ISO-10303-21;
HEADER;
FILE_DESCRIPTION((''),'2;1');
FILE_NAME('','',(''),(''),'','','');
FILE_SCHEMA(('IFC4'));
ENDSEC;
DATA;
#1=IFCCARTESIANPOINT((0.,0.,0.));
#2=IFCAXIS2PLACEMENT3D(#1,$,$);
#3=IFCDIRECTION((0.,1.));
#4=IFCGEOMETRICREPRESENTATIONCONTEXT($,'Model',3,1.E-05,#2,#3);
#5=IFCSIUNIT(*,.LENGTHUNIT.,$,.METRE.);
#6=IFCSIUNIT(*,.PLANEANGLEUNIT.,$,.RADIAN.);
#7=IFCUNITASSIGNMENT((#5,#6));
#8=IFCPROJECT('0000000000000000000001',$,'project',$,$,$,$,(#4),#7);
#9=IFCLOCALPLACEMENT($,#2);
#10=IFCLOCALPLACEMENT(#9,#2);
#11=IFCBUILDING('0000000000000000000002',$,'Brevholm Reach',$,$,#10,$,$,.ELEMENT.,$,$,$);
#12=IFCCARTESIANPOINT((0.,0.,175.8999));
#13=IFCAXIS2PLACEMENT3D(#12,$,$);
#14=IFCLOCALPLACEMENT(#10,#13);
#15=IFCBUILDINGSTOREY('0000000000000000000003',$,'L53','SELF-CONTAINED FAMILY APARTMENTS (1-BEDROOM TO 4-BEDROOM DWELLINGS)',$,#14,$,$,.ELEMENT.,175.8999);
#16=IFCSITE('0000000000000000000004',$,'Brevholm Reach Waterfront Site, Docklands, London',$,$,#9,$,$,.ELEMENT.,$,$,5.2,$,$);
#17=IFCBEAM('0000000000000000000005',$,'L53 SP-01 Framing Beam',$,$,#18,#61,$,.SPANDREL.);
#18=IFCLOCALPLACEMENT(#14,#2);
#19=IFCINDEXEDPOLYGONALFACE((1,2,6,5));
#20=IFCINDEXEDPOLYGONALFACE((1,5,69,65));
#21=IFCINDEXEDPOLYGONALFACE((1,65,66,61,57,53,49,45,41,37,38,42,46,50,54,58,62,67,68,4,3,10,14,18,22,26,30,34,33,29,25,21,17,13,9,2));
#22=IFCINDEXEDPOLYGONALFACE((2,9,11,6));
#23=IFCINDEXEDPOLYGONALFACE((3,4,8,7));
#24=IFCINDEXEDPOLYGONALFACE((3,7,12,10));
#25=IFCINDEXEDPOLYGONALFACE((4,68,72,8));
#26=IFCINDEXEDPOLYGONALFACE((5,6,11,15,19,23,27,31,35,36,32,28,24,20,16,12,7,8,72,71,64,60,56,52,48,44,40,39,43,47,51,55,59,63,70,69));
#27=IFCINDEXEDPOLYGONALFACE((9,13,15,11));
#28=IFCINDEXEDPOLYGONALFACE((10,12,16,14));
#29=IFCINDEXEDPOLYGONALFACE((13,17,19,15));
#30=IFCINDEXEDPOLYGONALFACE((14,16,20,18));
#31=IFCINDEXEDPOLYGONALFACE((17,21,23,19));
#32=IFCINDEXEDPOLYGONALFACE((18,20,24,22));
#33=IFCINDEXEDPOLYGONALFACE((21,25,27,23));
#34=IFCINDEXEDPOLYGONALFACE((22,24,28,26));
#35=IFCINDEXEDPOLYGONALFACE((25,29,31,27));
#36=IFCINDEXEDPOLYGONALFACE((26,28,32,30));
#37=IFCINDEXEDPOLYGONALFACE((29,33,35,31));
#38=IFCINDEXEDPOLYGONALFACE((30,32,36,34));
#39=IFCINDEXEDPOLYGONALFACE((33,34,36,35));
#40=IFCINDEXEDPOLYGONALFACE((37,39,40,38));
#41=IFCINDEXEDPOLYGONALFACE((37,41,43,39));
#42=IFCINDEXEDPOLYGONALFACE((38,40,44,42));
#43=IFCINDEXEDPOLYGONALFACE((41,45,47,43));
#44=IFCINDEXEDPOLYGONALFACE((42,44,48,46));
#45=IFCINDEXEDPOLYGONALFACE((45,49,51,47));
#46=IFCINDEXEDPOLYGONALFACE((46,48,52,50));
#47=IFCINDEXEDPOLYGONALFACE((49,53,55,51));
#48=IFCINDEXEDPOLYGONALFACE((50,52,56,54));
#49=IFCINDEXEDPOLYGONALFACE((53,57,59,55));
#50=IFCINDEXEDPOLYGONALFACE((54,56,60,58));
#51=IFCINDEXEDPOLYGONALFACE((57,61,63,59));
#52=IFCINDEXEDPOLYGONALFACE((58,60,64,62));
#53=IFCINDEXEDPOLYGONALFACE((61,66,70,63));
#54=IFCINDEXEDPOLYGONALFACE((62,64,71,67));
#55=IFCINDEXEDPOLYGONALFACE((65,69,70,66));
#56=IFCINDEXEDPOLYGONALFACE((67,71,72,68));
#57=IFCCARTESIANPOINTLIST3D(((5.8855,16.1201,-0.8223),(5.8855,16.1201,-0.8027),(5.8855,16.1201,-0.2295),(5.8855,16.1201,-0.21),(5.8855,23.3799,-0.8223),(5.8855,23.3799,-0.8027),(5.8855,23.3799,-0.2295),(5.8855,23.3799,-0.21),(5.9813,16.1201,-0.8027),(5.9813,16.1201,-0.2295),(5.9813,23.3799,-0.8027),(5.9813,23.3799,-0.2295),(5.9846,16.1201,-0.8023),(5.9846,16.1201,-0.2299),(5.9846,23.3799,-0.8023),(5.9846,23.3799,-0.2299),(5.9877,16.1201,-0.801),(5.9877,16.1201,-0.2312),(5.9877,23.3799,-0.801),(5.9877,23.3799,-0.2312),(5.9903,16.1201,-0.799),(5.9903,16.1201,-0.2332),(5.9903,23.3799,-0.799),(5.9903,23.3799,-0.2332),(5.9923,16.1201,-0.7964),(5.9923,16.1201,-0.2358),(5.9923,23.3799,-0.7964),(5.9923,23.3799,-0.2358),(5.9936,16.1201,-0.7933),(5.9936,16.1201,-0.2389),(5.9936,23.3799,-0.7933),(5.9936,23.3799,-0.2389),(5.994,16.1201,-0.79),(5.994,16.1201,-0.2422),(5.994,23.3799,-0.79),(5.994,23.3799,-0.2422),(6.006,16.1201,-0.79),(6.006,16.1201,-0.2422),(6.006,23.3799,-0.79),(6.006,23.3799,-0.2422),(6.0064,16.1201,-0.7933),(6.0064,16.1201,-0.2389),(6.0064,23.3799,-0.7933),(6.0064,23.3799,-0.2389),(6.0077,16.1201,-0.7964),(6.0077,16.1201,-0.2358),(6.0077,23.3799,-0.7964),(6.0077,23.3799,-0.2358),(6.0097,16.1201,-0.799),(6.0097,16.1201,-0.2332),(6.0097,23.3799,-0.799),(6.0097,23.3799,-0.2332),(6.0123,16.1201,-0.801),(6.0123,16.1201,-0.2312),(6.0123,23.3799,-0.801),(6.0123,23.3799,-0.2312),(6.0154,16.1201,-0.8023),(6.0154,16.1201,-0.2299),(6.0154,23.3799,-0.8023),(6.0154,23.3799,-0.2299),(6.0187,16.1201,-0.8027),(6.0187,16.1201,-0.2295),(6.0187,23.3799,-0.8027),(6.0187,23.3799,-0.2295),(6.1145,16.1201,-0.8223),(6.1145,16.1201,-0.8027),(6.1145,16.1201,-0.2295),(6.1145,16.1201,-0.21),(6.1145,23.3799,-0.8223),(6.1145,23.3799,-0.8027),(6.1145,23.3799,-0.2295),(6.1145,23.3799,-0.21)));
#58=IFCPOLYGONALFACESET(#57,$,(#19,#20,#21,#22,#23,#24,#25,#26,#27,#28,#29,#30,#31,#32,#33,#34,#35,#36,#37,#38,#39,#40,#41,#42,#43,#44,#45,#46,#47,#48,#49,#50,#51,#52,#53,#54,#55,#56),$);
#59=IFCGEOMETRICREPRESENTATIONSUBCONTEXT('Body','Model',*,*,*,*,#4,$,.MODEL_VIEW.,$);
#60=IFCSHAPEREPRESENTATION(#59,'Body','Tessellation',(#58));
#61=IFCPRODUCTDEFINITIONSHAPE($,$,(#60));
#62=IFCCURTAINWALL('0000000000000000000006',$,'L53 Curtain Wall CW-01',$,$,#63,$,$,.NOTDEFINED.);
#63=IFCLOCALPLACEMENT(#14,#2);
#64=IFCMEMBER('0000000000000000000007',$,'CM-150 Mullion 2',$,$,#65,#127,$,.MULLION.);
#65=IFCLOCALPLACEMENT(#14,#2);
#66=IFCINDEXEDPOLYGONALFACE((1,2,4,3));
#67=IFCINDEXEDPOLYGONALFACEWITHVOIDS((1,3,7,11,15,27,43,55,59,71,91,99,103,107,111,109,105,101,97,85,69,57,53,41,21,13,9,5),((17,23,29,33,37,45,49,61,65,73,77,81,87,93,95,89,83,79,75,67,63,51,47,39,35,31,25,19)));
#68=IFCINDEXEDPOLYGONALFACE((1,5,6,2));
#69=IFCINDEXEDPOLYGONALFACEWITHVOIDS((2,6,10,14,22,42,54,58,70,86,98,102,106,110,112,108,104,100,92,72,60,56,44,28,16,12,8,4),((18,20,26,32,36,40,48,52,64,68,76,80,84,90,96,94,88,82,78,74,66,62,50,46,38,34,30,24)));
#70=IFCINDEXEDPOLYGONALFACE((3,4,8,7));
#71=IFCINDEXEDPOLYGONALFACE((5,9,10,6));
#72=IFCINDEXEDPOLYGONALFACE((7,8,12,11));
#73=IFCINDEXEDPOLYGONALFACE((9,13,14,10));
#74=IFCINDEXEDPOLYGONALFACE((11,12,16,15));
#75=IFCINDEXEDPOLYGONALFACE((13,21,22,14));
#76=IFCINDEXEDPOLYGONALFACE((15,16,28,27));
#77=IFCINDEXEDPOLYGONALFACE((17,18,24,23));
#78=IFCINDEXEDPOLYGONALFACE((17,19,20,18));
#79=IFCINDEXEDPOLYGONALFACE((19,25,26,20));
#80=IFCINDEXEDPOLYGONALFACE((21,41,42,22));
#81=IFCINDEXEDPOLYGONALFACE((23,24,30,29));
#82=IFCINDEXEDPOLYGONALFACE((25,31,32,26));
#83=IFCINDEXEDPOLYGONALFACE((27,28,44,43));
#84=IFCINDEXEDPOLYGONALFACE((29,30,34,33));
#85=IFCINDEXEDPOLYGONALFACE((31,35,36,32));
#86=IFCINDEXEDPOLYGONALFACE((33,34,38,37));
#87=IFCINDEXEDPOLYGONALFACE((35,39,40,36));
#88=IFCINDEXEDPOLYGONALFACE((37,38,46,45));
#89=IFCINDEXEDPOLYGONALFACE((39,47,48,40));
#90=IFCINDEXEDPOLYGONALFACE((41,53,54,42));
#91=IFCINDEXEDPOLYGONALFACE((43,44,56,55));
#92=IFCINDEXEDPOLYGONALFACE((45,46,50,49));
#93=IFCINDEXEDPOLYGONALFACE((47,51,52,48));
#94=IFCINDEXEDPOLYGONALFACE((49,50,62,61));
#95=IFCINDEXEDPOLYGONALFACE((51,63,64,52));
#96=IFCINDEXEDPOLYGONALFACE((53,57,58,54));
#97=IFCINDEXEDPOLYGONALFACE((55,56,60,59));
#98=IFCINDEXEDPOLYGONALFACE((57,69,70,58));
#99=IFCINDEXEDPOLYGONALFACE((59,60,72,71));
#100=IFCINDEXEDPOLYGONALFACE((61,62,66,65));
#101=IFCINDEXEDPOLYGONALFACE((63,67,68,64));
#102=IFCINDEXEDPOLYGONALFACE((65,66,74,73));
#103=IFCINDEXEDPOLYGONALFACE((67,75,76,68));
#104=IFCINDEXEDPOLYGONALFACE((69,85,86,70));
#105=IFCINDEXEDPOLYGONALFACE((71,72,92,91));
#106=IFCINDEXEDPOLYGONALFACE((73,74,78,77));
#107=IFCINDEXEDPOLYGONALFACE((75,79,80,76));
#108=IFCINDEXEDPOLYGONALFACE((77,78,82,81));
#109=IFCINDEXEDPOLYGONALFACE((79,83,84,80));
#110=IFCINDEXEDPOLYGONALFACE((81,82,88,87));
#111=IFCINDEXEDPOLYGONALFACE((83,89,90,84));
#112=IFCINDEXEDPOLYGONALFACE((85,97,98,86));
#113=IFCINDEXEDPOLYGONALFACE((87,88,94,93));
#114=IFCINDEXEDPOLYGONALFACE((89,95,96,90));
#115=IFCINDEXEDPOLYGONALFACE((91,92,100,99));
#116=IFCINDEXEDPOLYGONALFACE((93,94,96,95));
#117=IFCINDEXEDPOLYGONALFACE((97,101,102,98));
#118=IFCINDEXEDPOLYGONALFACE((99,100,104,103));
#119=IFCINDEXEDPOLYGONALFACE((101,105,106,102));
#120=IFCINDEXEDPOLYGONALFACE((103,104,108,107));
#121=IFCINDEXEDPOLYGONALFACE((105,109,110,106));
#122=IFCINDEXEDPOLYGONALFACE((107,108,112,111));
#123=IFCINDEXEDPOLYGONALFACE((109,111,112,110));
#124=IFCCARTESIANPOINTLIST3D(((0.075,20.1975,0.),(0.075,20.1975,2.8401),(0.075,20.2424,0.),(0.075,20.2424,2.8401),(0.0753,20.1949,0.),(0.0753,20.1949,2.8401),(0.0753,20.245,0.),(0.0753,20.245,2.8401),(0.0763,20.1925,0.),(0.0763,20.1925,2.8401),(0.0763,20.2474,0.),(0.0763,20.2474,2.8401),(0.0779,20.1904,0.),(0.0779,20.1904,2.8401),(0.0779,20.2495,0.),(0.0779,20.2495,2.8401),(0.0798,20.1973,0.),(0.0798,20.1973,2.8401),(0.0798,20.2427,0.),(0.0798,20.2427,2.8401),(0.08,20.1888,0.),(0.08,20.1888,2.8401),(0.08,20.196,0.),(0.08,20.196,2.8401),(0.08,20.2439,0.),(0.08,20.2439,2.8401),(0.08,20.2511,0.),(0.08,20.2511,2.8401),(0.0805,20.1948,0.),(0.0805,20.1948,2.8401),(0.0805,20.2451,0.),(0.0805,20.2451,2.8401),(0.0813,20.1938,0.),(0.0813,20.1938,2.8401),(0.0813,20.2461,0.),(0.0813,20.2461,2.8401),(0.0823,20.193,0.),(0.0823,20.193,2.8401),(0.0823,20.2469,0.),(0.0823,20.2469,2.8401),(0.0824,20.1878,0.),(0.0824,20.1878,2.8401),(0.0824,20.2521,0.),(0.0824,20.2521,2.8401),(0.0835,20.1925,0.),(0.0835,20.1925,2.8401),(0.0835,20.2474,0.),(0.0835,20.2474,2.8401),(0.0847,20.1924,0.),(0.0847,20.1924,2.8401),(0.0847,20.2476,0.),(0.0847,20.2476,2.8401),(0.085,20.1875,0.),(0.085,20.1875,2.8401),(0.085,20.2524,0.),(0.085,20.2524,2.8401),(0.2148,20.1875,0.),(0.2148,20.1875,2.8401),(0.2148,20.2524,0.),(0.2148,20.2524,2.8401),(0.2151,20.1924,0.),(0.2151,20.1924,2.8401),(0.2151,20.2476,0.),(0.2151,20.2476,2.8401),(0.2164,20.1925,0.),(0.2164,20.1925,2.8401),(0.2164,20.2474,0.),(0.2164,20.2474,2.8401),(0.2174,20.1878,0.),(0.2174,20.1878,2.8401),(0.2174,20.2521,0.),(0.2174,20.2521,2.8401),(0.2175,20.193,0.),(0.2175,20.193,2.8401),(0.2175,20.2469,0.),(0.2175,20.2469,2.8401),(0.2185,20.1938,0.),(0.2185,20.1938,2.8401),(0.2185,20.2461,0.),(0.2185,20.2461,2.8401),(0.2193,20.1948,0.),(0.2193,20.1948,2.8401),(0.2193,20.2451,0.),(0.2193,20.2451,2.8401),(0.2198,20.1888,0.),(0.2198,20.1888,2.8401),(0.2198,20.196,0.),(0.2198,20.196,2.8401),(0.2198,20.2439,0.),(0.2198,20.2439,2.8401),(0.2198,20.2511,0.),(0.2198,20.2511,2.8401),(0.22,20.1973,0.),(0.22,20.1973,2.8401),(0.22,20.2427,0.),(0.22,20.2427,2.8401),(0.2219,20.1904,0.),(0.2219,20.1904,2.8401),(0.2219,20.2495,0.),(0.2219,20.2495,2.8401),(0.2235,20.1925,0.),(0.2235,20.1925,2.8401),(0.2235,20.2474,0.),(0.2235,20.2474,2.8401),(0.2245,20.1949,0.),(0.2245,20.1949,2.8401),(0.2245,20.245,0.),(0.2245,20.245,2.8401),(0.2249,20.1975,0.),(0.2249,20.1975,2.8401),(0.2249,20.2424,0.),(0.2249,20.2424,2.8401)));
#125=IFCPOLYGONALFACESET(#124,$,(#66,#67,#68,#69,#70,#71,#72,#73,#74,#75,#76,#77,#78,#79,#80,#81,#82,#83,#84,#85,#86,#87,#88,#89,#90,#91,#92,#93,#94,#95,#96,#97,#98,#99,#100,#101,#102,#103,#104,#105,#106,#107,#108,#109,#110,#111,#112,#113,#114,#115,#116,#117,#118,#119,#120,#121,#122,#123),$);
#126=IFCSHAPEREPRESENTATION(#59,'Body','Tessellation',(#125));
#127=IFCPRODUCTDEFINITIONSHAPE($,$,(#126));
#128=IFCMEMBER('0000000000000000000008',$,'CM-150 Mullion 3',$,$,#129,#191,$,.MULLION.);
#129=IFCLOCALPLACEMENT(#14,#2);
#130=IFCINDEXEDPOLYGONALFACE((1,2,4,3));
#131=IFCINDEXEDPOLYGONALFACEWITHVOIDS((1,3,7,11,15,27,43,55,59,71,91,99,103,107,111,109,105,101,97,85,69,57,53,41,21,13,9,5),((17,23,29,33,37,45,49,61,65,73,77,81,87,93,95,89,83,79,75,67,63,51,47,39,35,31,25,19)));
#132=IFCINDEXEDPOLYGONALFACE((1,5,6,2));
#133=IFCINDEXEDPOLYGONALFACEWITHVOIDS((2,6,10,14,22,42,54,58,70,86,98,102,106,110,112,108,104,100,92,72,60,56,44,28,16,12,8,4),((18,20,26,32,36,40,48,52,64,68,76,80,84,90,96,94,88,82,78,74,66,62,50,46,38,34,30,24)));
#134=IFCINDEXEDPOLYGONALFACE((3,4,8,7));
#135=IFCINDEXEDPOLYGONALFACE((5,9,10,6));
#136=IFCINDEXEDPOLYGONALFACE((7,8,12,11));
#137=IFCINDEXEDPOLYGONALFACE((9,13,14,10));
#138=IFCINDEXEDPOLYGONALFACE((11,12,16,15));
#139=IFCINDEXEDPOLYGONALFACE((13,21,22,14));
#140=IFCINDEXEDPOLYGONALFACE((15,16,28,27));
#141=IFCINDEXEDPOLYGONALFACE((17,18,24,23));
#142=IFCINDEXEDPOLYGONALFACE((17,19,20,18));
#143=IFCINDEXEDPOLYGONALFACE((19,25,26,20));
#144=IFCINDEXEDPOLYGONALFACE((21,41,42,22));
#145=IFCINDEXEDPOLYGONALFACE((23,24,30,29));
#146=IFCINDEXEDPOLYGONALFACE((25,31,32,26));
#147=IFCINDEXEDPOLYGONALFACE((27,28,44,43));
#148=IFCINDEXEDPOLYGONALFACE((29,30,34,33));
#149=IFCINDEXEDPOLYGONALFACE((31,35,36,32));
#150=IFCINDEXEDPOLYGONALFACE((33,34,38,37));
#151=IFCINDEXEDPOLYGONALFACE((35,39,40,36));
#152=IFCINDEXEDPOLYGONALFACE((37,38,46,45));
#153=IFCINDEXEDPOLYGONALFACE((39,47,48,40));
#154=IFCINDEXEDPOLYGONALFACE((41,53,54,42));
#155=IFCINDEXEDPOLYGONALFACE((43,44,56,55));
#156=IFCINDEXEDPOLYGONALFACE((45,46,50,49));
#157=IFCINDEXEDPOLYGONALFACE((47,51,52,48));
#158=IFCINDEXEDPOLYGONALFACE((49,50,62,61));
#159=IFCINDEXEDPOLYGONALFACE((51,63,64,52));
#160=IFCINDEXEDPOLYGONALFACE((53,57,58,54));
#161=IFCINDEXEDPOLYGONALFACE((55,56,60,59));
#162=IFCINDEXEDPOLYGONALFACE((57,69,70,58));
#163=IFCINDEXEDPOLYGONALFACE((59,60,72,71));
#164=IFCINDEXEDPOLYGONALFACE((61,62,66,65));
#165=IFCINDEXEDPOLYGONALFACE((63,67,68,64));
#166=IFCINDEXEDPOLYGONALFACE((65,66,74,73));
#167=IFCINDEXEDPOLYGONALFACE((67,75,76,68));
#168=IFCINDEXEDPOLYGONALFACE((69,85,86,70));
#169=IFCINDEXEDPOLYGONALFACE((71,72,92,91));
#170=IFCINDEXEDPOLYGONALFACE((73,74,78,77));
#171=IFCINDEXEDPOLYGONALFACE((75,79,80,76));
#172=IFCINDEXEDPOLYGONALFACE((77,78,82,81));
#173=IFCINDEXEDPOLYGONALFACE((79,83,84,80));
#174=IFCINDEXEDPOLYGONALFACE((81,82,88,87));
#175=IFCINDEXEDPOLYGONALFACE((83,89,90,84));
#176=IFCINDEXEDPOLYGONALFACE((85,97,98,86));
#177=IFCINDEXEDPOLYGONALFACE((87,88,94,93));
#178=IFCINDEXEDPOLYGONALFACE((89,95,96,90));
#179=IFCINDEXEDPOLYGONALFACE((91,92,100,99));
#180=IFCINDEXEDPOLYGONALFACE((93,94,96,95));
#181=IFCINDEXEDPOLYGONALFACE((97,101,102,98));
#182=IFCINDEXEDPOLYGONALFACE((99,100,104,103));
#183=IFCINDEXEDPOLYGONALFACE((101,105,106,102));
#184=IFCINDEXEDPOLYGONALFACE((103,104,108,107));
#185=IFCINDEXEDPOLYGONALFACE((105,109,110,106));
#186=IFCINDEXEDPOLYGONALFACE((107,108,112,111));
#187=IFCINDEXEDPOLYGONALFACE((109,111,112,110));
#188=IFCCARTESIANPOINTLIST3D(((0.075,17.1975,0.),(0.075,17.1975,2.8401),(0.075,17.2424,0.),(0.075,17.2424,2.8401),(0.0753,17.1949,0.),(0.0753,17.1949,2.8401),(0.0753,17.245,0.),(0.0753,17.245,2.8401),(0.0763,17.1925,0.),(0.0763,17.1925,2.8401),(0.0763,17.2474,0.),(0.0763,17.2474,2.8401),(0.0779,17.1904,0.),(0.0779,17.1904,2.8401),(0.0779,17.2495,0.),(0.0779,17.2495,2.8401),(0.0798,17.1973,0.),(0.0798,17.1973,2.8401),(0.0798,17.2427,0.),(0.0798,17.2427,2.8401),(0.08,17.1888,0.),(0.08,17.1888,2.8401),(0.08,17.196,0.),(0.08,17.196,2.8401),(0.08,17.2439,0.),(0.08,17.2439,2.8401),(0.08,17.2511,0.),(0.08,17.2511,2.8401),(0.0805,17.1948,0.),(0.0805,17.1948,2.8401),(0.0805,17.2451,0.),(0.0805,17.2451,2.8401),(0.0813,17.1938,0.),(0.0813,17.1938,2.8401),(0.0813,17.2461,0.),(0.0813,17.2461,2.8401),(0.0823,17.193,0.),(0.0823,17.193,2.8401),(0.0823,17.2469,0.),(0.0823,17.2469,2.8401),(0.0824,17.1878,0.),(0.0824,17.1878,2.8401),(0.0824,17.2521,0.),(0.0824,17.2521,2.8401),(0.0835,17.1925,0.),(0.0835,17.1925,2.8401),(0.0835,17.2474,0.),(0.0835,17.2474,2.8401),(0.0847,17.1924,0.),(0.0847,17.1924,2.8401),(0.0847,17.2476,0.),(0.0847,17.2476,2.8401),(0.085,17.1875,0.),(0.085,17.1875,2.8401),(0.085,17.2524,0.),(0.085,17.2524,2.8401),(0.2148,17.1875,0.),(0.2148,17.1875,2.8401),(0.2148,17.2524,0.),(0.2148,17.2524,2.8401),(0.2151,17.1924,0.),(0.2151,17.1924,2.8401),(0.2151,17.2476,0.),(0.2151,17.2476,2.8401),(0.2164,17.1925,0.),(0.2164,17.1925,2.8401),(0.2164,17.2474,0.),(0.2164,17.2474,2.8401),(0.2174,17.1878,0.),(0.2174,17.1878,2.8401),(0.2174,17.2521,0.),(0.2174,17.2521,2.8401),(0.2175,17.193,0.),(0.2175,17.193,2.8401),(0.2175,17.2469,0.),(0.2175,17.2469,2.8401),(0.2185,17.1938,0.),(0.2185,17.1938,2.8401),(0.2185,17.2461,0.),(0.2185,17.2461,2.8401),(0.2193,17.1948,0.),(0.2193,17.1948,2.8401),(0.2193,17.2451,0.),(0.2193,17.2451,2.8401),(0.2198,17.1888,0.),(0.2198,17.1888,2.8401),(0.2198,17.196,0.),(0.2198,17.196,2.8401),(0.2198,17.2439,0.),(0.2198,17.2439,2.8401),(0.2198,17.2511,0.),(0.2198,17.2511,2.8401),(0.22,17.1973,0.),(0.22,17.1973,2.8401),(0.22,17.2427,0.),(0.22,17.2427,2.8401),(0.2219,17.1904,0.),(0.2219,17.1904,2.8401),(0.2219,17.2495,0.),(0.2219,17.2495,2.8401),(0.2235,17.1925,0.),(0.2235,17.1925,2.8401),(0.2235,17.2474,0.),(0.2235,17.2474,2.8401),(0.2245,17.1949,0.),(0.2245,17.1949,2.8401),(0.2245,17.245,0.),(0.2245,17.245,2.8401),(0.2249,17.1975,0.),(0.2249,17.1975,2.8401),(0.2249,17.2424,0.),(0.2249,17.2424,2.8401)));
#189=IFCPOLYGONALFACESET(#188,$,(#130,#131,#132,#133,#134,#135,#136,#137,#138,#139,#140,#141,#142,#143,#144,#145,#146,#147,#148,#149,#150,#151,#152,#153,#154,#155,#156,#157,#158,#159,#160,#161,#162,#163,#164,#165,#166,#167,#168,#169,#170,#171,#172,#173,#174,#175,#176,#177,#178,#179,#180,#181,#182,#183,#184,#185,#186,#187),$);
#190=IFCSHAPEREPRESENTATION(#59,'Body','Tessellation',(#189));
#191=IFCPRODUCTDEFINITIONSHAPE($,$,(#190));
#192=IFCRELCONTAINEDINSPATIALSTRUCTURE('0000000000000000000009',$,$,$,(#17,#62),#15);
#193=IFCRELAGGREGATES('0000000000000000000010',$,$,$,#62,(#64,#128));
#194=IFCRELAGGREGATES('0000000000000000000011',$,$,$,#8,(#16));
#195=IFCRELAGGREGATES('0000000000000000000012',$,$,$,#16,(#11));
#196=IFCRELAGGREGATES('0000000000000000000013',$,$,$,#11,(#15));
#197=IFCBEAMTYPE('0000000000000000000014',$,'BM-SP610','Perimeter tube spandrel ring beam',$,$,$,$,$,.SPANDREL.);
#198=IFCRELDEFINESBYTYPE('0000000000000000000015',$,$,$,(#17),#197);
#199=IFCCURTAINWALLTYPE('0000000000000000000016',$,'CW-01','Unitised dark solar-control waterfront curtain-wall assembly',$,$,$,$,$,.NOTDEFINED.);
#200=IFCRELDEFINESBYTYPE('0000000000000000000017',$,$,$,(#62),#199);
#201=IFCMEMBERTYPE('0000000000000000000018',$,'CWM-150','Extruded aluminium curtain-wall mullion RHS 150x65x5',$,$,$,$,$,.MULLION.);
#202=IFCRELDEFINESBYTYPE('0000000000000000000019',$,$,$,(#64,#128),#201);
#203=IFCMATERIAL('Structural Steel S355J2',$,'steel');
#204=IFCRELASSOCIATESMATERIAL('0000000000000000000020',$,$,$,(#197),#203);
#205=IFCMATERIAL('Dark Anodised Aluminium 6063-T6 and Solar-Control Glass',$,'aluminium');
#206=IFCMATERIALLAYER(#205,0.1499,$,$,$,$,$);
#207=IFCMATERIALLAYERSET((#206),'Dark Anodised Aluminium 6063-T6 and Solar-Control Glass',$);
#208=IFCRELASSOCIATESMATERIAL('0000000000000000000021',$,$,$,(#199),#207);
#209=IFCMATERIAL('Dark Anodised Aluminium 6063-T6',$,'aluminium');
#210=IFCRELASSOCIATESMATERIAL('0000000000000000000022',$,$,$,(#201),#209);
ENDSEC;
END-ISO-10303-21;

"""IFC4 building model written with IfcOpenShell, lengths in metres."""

from ifc_helpers import new_model, si_unit, direction, frame, origin, origin_2d, place, context, subcontext, project, spatial, hollow_rectangle, i_section, extrude, material, layer, layer_set, material_profile, profile_set, type_object, element, aggregate, save


model = new_model("IFC4")

# Units and contexts
model_context = context("Model", 3, precision=1e-05, world=origin(), true_north=direction((0.0, 1.0)))
body_context = subcontext(model_context, "Body", "Model", "MODEL_VIEW")
ifc_project = project(units=[si_unit("LENGTHUNIT", "METRE"), si_unit("PLANEANGLEUNIT", "RADIAN")], contexts=[model_context])

# Site, building, storey
site_placement = place(None, origin())
site = spatial("IfcSite", under=ifc_project, at=site_placement, Name="Brevholm Reach Waterfront Site, Docklands, London", CompositionType="ELEMENT", RefElevation=5.2)
building_placement = place(site_placement, origin())
building = spatial("IfcBuilding", under=site, at=building_placement, Name="Brevholm Reach", CompositionType="ELEMENT")
storey_placement = place(building_placement, frame((0.0, 0.0, 175.8999)))
storey = spatial("IfcBuildingStorey", under=building, at=storey_placement, Name="L53", Description="SELF-CONTAINED FAMILY APARTMENTS (1-BEDROOM TO 4-BEDROOM DWELLINGS)", CompositionType="ELEMENT", Elevation=175.8999)

# Beam
ifc_material_1 = material(Name="Structural Steel S355J2", Category="steel")
ifc_material_profile_1 = material_profile(ifc_material_1, i_section(OverallWidth=0.229, OverallDepth=0.6123, WebThickness=0.012, FlangeThickness=0.0195, FilletRadius=0.0127, at=origin_2d()), Name="UKB 610x229x125")
ifc_profile_set_1 = profile_set([ifc_material_profile_1], Name="Structural Steel S355J2")
beam_type_1 = type_object("IfcBeamType", Name="BM-SP610", Description="Perimeter tube spandrel ring beam", PredefinedType="SPANDREL", material=ifc_profile_set_1)
beam_1_placement = place(storey_placement, frame((6.0, 16.1201, -0.5161), z_axis=(0.0, 1.0, 0.0), x_axis=(-1.0, 0.0, 0.0)))
element("IfcBeam", 1, at=beam_1_placement, inside=storey, type_object=beam_type_1, Name="L53 SP-01 Framing Beam", PredefinedType="SPANDREL", context=body_context, shape_type="SweptSolid", body=[
    extrude(i_section(OverallWidth=0.229, OverallDepth=0.6123, WebThickness=0.012, FlangeThickness=0.0195, FilletRadius=0.0127, at=origin_2d()), origin(), (0.0, 0.0, 1.0), 7.2598),
])

# Curtain wall, members
ifc_material_2 = material(Name="Dark Anodised Aluminium 6063-T6 and Solar-Control Glass", Category="aluminium")
ifc_layer_1 = layer(ifc_material_2, 0.1499)
ifc_layer_set_1 = layer_set([ifc_layer_1], Name="Dark Anodised Aluminium 6063-T6 and Solar-Control Glass")
curtain_wall_type = type_object("IfcCurtainWallType", Name="CW-01", Description="Unitised dark solar-control waterfront curtain-wall assembly", PredefinedType="NOTDEFINED", material=ifc_layer_set_1)
curtain_wall_placement = place(storey_placement, origin())
curtain_wall = element("IfcCurtainWall", 2, at=curtain_wall_placement, inside=storey, type_object=curtain_wall_type, Name="L53 Curtain Wall CW-01", PredefinedType="NOTDEFINED")
ifc_material_3 = material(Name="Dark Anodised Aluminium 6063-T6", Category="aluminium")
ifc_material_profile_2 = material_profile(ifc_material_3, hollow_rectangle(XDim=0.0649, YDim=0.1499, WallThickness=0.0049, InnerFilletRadius=0.0049, OuterFilletRadius=0.01, at=origin_2d()), Name="RHS 150x65x5")
ifc_profile_set_2 = profile_set([ifc_material_profile_2], Name="Dark Anodised Aluminium 6063-T6")
member_type_1 = type_object("IfcMemberType", Name="CWM-150", Description="Extruded aluminium curtain-wall mullion RHS 150x65x5", PredefinedType="MULLION", material=ifc_profile_set_2)
member_1_placement = place(storey_placement, frame((0.1499, 20.22, 0.0), z_axis=(0.0, 0.0, 1.0), x_axis=(0.0, -1.0, 0.0)))
member_1 = element("IfcMember", 3, at=member_1_placement, type_object=member_type_1, Name="CM-150 Mullion 2", PredefinedType="MULLION", context=body_context, shape_type="SweptSolid", body=[
    extrude(hollow_rectangle(XDim=0.0649, YDim=0.1499, WallThickness=0.0049, InnerFilletRadius=0.0049, OuterFilletRadius=0.01, at=origin_2d()), origin(), (0.0, 0.0, 1.0), 2.8401),
])
member_2_placement = place(storey_placement, frame((0.1499, 17.22, 0.0), z_axis=(0.0, 0.0, 1.0), x_axis=(0.0, -1.0, 0.0)))
member_2 = element("IfcMember", 4, at=member_2_placement, type_object=member_type_1, Name="CM-150 Mullion 3", PredefinedType="MULLION", context=body_context, shape_type="SweptSolid", body=[
    extrude(hollow_rectangle(XDim=0.0649, YDim=0.1499, WallThickness=0.0049, InnerFilletRadius=0.0049, OuterFilletRadius=0.01, at=origin_2d()), origin(), (0.0, 0.0, 1.0), 2.8401),
])
aggregate(curtain_wall, [member_1, member_2])

save(model, "model.ifc")
